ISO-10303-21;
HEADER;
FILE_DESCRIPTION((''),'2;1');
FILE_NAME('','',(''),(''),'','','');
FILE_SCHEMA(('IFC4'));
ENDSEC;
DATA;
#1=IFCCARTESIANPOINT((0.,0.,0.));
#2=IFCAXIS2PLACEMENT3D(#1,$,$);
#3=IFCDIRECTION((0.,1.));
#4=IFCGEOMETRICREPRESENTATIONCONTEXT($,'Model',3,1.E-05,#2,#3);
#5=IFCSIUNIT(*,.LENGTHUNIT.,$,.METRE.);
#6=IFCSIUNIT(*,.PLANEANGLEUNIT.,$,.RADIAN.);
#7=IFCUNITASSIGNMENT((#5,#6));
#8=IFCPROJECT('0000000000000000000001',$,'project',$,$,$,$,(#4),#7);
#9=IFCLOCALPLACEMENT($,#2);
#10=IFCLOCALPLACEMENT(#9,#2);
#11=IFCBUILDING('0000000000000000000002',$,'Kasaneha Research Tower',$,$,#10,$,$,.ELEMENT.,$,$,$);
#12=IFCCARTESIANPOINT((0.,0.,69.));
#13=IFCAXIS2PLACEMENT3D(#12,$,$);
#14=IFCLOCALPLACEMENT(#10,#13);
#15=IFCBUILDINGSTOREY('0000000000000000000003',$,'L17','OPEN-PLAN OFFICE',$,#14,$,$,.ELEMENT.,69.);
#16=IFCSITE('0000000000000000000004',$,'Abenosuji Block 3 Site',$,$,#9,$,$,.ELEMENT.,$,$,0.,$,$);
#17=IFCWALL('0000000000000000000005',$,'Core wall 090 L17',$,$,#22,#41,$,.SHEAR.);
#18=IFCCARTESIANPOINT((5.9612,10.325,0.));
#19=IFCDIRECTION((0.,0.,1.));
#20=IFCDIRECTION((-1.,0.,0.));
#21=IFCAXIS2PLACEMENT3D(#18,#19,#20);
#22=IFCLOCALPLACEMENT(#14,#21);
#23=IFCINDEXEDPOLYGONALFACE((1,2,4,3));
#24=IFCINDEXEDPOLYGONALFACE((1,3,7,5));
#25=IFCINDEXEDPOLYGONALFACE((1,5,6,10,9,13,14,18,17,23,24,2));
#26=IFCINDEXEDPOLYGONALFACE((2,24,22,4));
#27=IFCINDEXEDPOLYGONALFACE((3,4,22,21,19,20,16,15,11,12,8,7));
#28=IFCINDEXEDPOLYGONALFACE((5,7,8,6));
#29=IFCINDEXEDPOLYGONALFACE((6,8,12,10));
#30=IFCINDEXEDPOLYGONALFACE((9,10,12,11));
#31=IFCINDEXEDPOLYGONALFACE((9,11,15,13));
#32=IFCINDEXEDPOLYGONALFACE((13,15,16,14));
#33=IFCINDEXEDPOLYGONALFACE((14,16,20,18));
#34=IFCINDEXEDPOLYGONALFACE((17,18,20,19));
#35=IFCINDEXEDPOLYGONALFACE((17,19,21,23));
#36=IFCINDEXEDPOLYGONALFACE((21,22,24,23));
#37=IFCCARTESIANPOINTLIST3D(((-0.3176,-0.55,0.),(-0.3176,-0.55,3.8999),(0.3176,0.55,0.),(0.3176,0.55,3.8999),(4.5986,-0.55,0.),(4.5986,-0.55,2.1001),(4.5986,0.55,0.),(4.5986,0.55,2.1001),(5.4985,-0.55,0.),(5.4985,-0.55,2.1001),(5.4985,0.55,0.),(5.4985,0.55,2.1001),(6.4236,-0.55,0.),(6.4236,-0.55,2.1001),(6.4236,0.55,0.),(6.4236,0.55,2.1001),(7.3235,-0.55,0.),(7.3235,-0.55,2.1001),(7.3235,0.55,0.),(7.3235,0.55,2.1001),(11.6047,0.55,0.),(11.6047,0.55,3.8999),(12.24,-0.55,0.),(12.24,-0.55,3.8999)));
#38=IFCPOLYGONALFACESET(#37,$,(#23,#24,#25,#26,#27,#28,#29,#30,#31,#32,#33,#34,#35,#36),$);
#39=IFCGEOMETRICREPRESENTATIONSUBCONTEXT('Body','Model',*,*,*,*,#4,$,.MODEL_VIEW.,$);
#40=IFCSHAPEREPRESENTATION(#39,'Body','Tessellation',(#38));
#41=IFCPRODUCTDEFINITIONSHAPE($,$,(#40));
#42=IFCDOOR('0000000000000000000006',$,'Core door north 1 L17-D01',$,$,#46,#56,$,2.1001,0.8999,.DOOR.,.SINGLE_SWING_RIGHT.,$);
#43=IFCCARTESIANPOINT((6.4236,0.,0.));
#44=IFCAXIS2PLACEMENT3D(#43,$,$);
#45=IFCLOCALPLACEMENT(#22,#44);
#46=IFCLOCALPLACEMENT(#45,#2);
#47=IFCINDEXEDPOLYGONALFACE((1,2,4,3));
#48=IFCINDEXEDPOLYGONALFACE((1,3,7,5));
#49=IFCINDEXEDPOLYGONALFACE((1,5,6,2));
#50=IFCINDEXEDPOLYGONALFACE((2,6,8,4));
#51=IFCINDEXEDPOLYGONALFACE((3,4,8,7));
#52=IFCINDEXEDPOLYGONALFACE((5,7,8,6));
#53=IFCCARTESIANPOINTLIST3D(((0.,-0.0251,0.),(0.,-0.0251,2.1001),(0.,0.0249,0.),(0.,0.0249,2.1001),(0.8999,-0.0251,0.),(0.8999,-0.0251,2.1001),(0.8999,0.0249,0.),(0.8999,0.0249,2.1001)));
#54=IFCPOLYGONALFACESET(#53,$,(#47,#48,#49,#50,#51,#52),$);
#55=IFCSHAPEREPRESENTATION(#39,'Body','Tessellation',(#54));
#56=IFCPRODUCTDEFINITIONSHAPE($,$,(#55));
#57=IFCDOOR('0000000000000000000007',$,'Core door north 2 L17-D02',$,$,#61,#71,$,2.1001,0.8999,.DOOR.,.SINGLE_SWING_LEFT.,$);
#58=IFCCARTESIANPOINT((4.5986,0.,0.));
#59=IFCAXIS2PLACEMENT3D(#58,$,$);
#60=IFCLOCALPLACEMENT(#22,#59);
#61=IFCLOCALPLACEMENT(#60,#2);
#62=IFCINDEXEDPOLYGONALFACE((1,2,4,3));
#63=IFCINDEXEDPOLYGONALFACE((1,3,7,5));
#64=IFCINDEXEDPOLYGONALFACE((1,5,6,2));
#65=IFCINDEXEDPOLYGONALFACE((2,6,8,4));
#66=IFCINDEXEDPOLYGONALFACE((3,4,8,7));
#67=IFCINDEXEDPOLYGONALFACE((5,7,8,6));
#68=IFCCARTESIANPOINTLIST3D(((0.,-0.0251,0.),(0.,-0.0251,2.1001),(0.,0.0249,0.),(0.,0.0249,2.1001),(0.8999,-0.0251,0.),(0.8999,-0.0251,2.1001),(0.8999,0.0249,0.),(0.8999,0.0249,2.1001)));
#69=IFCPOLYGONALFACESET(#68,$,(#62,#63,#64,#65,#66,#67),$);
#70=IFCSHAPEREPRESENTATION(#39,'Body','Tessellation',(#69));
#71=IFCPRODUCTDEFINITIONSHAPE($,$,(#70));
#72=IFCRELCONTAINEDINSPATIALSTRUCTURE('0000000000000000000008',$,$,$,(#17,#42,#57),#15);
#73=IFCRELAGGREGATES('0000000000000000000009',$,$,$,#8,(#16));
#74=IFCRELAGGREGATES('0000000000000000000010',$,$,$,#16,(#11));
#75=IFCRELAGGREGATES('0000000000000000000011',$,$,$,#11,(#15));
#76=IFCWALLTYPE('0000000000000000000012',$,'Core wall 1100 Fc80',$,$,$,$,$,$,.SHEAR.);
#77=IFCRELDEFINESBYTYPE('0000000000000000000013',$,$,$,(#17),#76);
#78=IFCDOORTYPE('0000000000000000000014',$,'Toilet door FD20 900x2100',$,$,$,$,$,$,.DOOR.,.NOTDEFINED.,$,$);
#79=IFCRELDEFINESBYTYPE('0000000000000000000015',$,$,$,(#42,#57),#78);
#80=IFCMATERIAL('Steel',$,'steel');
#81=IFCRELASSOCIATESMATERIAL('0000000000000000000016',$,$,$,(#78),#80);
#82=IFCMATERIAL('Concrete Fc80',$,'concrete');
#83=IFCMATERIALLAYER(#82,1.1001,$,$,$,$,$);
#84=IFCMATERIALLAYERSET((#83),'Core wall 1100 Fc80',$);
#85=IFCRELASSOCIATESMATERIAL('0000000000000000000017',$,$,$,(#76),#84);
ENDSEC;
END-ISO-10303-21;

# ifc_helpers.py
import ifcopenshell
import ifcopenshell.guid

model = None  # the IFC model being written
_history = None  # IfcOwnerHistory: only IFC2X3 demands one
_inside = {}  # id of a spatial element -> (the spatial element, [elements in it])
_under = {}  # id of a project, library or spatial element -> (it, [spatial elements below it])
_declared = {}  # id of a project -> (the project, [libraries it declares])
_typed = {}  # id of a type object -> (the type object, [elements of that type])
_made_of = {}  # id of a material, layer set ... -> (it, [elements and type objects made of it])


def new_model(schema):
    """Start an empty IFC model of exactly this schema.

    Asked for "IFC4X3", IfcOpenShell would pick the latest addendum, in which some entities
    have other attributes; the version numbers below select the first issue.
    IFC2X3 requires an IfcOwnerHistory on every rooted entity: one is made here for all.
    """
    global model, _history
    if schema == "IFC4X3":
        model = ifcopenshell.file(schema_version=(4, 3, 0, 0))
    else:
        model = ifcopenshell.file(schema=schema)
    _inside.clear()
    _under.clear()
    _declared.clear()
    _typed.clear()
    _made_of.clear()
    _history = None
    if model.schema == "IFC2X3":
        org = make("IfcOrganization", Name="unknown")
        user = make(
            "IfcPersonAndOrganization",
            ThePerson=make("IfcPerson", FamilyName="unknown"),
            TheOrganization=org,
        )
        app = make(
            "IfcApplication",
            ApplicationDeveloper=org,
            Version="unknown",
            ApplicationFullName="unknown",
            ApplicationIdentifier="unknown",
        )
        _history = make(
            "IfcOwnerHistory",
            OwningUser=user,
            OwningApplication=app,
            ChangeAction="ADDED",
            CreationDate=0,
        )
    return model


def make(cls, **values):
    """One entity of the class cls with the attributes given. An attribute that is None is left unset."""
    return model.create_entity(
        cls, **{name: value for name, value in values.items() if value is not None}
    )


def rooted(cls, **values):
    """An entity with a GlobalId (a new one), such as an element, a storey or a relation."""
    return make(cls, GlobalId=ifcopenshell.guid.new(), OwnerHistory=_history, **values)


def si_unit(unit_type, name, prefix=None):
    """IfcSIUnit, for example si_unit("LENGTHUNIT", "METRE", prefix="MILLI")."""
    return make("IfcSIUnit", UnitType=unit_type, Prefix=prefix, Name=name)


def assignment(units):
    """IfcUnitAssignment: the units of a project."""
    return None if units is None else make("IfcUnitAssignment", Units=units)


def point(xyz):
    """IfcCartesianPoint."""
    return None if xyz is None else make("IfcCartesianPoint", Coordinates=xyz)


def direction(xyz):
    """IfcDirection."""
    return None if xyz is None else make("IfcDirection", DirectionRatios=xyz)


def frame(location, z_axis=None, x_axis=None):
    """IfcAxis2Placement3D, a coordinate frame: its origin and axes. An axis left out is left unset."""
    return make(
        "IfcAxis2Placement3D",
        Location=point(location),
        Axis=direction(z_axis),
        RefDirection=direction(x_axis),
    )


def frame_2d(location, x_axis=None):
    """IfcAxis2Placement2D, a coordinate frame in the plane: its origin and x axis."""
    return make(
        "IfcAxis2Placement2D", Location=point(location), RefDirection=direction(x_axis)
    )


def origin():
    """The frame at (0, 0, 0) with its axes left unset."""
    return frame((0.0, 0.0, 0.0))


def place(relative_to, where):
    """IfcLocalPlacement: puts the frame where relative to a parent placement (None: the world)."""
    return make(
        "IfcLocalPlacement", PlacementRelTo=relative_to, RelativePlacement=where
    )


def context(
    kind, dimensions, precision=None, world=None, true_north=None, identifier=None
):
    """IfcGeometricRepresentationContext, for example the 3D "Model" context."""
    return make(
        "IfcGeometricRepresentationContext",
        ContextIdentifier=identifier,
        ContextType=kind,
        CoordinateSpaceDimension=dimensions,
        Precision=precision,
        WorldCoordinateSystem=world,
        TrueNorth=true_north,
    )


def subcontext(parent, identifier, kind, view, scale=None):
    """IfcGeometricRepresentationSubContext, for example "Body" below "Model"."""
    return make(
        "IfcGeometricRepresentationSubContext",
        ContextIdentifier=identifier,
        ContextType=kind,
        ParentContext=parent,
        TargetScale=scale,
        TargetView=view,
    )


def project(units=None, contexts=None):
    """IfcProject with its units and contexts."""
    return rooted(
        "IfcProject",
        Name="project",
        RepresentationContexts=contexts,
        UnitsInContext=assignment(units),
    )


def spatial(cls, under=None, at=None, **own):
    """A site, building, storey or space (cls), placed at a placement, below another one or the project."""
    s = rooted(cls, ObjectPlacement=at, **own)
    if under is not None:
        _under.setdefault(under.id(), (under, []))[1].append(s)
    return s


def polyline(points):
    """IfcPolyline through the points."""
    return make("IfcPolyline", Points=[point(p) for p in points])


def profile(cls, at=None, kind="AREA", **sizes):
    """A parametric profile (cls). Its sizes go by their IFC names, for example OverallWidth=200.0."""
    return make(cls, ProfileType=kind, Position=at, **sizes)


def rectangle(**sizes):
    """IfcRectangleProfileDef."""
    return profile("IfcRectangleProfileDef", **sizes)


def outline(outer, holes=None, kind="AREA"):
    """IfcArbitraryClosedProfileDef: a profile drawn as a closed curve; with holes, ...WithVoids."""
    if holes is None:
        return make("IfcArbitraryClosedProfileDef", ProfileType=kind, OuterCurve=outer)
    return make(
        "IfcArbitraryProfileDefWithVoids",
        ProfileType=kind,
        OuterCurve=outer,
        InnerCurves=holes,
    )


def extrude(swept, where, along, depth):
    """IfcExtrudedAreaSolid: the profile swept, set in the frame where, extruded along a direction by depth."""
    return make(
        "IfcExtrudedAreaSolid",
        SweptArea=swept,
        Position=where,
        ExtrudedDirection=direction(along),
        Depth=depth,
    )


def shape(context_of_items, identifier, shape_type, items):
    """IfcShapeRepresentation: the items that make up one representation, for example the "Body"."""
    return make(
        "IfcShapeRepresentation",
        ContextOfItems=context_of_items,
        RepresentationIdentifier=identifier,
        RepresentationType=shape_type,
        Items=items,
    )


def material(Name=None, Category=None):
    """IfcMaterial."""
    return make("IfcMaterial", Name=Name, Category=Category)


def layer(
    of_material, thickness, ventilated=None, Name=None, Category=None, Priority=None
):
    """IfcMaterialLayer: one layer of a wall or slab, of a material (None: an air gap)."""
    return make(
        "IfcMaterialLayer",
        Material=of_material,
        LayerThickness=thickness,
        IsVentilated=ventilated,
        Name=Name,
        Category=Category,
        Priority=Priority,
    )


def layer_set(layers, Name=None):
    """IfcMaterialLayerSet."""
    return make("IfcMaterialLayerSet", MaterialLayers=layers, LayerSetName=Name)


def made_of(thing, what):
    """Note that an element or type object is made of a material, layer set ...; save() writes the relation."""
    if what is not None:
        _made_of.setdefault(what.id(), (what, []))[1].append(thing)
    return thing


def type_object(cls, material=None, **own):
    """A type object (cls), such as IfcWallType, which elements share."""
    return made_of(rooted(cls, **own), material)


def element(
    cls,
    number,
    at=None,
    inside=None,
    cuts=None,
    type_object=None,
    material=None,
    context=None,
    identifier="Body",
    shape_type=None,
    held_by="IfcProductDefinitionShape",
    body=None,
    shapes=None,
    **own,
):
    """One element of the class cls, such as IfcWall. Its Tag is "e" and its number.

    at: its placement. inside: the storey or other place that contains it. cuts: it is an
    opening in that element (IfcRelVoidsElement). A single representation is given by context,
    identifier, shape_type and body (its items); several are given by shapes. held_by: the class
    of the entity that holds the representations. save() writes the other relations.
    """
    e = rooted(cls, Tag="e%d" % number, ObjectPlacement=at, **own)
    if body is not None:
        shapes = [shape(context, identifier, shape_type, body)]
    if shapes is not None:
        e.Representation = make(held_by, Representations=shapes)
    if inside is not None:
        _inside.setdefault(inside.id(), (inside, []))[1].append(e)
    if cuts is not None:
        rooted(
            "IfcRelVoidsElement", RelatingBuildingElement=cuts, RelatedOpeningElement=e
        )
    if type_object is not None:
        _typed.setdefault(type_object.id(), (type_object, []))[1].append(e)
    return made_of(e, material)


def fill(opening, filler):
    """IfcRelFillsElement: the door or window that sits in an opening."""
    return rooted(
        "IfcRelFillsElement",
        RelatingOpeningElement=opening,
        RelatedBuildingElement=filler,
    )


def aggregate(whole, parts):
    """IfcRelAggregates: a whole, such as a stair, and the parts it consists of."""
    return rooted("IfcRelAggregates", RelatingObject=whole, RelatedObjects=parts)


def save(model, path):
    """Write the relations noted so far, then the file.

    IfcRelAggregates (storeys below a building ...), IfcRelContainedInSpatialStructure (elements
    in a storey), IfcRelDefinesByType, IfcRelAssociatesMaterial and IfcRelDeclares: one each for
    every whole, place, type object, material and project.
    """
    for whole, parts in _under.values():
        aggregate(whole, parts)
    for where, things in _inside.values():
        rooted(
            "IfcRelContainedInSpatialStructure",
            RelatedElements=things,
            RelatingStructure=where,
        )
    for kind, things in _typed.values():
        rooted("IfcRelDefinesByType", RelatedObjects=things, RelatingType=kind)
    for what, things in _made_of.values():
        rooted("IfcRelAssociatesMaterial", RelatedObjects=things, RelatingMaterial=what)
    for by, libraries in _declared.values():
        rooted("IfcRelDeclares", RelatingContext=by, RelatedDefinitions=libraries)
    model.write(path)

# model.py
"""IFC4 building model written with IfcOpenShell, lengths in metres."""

from ifc_helpers import new_model, si_unit, direction, frame, frame_2d, origin, place, context, subcontext, project, spatial, polyline, rectangle, outline, extrude, material, layer, layer_set, type_object, element, fill, save


model = new_model("IFC4")

# Units and contexts
model_context = context("Model", 3, precision=1e-05, world=origin(), true_north=direction((0.0, 1.0)))
body_context = subcontext(model_context, "Body", "Model", "MODEL_VIEW")
ifc_project = project(units=[si_unit("LENGTHUNIT", "METRE"), si_unit("PLANEANGLEUNIT", "RADIAN")], contexts=[model_context])

# Site, building, storey
site_placement = place(None, origin())
site = spatial("IfcSite", under=ifc_project, at=site_placement, Name="Abenosuji Block 3 Site", CompositionType="ELEMENT", RefElevation=0.0)
building_placement = place(site_placement, origin())
building = spatial("IfcBuilding", under=site, at=building_placement, Name="Kasaneha Research Tower", CompositionType="ELEMENT")
storey_placement = place(building_placement, frame((0.0, 0.0, 69.0)))
storey = spatial("IfcBuildingStorey", under=building, at=storey_placement, Name="L17", Description="OPEN-PLAN OFFICE", CompositionType="ELEMENT", Elevation=69.0)

# Shared definitions
ifc_material_1 = material(Name="Steel", Category="steel")
door_type_1 = type_object("IfcDoorType", Name="Toilet door FD20 900x2100", OperationType="NOTDEFINED", PredefinedType="DOOR", material=ifc_material_1)

# Wall, openings, doors
ifc_material_2 = material(Name="Concrete Fc80", Category="concrete")
ifc_layer_1 = layer(ifc_material_2, 1.1001)
ifc_layer_set_1 = layer_set([ifc_layer_1], Name="Core wall 1100 Fc80")
wall_type_1 = type_object("IfcWallType", Name="Core wall 1100 Fc80", PredefinedType="SHEAR", material=ifc_layer_set_1)
wall_1_placement = place(storey_placement, frame((5.9612, 10.325, 0.0), z_axis=(0.0, 0.0, 1.0), x_axis=(-1.0, 0.0, 0.0)))
wall_1 = element("IfcWall", 1, at=wall_1_placement, inside=storey, type_object=wall_type_1, Name="Core wall 090 L17", PredefinedType="SHEAR", context=body_context, shape_type="SweptSolid", body=[
    extrude(outline(polyline([(-0.3176, -0.55), (4.5986, -0.55), (5.4985, -0.55), (6.4236, -0.55), (7.3235, -0.55), (12.24, -0.55), (11.6047, 0.55), (7.3235, 0.55), (6.4236, 0.55), (5.4985, 0.55), (4.5986, 0.55), (0.3176, 0.55), (-0.3176, -0.55)])), origin(), (0.0, 0.0, 1.0), 3.8999),
])
opening_1_placement = place(wall_1_placement, frame((6.4236, 0.0, 0.0)))
opening_1 = element("IfcOpeningElement", 2, at=opening_1_placement, cuts=wall_1, PredefinedType="OPENING", context=body_context, shape_type="SweptSolid", body=[
    extrude(rectangle(XDim=0.8999, YDim=2.1001, at=frame_2d((0.45, 1.05))), frame((0.0, 0.5601, 0.0), z_axis=(0.0, -1.0, 0.0), x_axis=(1.0, 0.0, 0.0)), (0.0, 0.0, 1.0), 1.1201),
])
opening_2_placement = place(wall_1_placement, frame((4.5986, 0.0, 0.0)))
opening_2 = element("IfcOpeningElement", 3, at=opening_2_placement, cuts=wall_1, PredefinedType="OPENING", context=body_context, shape_type="SweptSolid", body=[
    extrude(rectangle(XDim=0.8999, YDim=2.1001, at=frame_2d((0.45, 1.05))), frame((0.0, 0.5601, 0.0), z_axis=(0.0, -1.0, 0.0), x_axis=(1.0, 0.0, 0.0)), (0.0, 0.0, 1.0), 1.1201),
])
door_1_placement = place(opening_1_placement, origin())
door_1 = element("IfcDoor", 4, at=door_1_placement, inside=storey, type_object=door_type_1, Name="Core door north 1 L17-D01", OperationType="SINGLE_SWING_RIGHT", OverallHeight=2.1001, OverallWidth=0.8999, PredefinedType="DOOR", context=body_context, shape_type="SweptSolid", body=[
    extrude(rectangle(XDim=0.8999, YDim=2.1001, at=frame_2d((0.45, 1.05))), frame((0.0, 0.0249, 0.0), z_axis=(0.0, -1.0, 0.0), x_axis=(1.0, 0.0, 0.0)), (0.0, 0.0, 1.0), 0.05),
])
fill(opening_1, door_1)
door_2_placement = place(opening_2_placement, origin())
door_2 = element("IfcDoor", 5, at=door_2_placement, inside=storey, type_object=door_type_1, Name="Core door north 2 L17-D02", OperationType="SINGLE_SWING_LEFT", OverallHeight=2.1001, OverallWidth=0.8999, PredefinedType="DOOR", context=body_context, shape_type="SweptSolid", body=[
    extrude(rectangle(XDim=0.8999, YDim=2.1001, at=frame_2d((0.45, 1.05))), frame((0.0, 0.0249, 0.0), z_axis=(0.0, -1.0, 0.0), x_axis=(1.0, 0.0, 0.0)), (0.0, 0.0, 1.0), 0.05),
])
fill(opening_2, door_2)

save(model, "model.ifc")
